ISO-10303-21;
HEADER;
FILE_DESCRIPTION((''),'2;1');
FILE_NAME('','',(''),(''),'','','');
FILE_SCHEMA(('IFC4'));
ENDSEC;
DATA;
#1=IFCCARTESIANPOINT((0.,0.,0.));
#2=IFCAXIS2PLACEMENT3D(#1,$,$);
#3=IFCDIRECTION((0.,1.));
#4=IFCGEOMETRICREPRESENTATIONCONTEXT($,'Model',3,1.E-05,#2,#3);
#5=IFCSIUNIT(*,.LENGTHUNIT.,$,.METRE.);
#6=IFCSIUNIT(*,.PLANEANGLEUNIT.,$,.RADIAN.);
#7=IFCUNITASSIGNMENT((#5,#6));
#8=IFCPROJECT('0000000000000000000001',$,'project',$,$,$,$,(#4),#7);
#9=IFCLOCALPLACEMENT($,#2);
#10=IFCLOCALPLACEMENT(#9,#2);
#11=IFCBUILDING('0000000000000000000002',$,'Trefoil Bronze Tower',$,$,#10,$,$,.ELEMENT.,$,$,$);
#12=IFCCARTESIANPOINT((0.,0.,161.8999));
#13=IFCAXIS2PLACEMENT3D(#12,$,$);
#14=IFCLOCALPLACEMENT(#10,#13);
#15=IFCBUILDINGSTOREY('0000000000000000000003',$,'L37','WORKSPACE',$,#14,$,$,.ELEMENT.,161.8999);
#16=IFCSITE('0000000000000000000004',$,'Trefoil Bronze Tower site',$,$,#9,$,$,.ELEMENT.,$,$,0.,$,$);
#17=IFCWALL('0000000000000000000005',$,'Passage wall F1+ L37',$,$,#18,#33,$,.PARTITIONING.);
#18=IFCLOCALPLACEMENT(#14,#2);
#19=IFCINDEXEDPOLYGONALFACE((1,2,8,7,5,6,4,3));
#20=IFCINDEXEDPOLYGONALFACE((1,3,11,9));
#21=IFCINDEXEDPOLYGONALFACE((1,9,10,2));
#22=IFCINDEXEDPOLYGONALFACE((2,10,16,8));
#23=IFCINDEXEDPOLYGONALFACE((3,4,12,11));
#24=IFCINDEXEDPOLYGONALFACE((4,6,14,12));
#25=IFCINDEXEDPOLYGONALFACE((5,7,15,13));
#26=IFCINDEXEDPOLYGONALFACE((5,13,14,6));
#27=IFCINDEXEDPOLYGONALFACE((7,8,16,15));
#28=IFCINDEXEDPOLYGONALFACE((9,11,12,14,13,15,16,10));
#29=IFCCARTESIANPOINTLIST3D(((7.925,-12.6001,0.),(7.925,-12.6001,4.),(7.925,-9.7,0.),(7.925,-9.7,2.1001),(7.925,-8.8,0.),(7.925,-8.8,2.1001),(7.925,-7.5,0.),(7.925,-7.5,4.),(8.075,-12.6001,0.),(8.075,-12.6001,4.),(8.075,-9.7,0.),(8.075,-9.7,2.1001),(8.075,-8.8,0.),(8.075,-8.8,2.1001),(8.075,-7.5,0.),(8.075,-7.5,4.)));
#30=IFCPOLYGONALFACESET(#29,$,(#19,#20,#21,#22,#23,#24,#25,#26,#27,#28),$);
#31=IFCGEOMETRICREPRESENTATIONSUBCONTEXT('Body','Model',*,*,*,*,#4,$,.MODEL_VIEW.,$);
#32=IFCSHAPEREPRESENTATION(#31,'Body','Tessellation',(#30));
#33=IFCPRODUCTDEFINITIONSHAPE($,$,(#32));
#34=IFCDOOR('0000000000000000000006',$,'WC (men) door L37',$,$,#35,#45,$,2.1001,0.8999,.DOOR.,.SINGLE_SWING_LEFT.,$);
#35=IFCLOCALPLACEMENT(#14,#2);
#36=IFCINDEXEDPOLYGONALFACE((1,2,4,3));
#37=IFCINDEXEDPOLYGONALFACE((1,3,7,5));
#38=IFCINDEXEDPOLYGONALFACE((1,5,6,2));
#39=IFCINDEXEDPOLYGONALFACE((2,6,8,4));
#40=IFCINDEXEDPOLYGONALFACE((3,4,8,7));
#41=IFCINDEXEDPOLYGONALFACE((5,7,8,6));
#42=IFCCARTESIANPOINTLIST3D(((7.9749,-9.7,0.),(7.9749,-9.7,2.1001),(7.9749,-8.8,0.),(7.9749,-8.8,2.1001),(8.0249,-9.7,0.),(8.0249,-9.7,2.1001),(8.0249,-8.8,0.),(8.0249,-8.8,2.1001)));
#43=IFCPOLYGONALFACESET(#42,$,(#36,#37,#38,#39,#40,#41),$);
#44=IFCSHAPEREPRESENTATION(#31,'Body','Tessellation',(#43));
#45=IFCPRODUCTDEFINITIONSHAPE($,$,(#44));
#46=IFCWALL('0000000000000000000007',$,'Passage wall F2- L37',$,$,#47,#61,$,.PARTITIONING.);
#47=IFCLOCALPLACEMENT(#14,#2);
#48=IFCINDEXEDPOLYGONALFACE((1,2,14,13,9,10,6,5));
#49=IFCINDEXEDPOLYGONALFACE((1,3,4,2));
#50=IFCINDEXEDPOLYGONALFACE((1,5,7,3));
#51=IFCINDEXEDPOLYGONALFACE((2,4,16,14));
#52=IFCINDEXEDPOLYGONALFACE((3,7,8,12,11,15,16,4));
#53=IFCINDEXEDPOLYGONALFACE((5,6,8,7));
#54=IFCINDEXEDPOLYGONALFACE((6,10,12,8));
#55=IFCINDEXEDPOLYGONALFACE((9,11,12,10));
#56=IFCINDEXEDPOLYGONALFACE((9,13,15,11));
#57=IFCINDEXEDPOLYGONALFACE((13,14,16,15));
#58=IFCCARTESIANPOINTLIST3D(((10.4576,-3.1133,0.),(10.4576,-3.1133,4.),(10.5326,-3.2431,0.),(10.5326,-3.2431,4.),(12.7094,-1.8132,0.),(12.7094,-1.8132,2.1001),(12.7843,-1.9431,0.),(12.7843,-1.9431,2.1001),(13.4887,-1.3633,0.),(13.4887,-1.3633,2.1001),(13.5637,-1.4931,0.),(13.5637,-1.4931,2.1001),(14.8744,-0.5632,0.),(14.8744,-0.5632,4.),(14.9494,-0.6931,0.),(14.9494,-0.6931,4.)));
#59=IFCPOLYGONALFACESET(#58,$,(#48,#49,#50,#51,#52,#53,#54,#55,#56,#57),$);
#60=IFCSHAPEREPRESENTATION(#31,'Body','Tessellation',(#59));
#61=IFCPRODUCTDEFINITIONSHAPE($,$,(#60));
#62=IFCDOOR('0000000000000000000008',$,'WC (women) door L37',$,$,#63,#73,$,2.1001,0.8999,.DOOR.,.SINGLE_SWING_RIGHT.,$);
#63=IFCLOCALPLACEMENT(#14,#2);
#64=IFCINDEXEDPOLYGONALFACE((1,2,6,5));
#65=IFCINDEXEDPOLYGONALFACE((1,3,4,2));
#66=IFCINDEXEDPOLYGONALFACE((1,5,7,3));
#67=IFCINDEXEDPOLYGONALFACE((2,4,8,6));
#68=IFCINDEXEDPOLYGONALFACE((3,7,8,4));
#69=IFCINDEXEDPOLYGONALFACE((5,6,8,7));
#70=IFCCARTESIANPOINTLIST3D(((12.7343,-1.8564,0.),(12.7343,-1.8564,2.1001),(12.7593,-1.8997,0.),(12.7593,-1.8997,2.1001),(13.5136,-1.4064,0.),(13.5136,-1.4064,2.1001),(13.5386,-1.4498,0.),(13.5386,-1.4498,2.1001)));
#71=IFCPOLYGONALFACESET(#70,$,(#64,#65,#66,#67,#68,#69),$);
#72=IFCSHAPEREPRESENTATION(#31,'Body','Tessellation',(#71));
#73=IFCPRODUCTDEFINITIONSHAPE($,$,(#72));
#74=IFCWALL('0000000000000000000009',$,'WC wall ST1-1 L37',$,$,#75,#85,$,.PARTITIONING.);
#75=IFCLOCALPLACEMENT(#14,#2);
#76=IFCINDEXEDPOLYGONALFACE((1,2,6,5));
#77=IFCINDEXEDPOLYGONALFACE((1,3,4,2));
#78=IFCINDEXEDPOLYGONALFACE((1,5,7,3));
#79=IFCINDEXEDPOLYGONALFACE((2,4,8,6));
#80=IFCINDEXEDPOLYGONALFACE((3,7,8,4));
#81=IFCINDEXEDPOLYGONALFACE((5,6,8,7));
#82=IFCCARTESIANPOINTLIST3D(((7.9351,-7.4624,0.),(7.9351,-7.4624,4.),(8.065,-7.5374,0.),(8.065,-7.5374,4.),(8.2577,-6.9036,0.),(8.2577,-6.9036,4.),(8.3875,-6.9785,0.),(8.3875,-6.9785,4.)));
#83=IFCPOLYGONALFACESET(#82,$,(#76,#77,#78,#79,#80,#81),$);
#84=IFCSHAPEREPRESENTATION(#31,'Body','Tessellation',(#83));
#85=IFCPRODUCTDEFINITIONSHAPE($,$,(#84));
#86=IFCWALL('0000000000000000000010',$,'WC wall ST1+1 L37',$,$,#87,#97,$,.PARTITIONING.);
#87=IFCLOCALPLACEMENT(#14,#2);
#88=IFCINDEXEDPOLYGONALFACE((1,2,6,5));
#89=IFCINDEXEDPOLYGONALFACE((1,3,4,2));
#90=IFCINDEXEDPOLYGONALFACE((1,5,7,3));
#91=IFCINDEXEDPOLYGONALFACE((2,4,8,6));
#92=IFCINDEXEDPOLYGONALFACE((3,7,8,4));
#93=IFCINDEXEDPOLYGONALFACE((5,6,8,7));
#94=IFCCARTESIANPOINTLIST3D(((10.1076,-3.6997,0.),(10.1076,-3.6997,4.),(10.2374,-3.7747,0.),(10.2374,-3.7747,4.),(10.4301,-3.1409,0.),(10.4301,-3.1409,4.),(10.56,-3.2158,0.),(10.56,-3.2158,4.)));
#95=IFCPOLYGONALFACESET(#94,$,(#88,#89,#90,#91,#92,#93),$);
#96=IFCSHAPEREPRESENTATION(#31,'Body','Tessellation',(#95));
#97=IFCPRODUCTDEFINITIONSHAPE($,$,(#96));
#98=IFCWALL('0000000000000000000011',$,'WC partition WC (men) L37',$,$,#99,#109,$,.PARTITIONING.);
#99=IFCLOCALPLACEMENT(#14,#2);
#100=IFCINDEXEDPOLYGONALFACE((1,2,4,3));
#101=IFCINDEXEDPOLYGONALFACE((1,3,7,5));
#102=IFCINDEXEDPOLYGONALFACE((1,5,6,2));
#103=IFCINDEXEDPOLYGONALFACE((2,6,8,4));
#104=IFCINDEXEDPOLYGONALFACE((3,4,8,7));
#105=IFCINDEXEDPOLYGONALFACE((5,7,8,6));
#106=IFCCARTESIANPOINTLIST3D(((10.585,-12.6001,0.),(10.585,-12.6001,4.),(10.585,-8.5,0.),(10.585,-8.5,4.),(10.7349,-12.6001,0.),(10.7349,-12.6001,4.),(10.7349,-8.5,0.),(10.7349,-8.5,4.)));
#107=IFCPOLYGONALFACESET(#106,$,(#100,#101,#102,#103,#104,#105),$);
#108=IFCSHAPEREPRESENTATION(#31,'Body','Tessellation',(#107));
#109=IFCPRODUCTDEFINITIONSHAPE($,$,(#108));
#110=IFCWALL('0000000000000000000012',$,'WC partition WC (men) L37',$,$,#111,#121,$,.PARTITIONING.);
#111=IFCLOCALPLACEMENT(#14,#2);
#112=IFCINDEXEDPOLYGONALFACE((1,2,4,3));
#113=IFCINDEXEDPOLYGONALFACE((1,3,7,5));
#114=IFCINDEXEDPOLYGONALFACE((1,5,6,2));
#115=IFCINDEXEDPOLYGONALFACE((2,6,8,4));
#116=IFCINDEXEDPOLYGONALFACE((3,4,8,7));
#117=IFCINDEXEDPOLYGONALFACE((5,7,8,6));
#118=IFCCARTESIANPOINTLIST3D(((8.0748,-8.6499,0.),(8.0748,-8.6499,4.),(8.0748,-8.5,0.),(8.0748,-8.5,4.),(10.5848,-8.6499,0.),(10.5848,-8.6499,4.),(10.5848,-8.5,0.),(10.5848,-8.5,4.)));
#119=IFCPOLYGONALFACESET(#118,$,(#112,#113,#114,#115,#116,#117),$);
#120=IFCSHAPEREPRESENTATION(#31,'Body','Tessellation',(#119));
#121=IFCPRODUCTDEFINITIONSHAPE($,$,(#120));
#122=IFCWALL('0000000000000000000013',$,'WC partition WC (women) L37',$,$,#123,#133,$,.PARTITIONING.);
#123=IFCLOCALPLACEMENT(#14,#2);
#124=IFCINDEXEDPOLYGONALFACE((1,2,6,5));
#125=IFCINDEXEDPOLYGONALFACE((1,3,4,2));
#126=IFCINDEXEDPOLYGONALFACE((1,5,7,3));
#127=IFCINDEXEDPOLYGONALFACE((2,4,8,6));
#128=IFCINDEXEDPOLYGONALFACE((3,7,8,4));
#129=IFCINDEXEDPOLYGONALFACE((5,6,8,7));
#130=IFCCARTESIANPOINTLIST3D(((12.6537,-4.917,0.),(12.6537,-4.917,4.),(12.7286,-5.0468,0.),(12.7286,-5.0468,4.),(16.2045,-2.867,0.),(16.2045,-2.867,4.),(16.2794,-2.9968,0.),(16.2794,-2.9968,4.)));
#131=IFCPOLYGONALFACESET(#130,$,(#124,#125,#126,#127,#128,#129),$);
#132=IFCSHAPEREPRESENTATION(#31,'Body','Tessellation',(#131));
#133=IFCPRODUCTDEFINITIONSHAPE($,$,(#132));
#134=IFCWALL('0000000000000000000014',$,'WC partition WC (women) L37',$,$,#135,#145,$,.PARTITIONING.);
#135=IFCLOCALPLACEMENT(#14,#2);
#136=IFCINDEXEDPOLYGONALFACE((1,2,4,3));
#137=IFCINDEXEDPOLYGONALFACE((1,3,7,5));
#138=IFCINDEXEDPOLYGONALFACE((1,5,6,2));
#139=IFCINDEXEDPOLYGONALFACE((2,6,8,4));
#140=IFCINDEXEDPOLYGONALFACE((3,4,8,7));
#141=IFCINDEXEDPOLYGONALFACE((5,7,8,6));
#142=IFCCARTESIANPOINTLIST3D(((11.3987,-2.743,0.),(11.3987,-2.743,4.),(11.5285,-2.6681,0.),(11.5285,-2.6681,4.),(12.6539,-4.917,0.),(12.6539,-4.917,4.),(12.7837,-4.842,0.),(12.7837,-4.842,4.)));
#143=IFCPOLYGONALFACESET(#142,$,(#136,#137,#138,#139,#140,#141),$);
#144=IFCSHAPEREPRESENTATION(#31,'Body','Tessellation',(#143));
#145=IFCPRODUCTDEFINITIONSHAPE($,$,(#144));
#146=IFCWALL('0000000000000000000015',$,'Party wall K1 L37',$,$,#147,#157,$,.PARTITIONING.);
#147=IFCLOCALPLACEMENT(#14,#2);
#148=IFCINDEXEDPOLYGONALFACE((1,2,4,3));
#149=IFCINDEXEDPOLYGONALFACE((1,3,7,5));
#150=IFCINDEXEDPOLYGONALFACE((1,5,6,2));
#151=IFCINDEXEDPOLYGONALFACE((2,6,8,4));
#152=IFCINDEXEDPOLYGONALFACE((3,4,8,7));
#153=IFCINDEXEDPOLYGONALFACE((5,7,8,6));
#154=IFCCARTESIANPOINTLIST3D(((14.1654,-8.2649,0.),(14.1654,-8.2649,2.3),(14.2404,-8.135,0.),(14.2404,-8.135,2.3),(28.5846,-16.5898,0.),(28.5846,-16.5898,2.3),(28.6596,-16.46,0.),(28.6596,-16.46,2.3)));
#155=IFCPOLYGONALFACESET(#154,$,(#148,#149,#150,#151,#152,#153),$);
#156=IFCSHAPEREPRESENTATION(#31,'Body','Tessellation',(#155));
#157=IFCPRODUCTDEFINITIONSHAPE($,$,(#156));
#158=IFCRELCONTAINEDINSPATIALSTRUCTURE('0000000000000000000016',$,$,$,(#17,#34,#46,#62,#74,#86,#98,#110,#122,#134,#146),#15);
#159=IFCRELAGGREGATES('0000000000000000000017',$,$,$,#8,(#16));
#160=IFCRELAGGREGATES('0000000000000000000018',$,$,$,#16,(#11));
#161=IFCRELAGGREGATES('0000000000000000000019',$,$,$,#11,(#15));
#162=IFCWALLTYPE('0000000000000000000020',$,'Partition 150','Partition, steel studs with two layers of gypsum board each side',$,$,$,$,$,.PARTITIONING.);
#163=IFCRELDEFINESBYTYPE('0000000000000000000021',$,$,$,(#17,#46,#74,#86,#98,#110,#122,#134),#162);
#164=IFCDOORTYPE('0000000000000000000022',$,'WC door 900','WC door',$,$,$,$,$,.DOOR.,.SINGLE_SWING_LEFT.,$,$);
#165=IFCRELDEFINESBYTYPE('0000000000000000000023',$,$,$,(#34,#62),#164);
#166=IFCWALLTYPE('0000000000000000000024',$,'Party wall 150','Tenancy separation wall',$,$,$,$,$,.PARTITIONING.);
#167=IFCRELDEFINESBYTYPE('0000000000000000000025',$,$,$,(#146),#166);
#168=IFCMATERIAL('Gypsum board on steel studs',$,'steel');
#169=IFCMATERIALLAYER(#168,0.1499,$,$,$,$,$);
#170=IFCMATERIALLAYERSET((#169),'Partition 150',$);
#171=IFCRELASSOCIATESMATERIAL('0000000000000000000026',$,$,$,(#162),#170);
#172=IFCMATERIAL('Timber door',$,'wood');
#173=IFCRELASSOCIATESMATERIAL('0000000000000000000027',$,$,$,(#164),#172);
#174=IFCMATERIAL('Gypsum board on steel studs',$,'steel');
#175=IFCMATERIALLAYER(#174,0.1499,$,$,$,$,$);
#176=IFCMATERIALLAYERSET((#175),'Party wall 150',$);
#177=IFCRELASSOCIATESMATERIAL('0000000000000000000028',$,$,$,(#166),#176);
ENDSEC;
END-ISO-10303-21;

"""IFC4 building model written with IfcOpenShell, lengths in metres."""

from ifc_helpers import new_model, si_unit, direction, frame, frame_2d, origin, place, context, subcontext, project, spatial, rectangle, extrude, material, layer, layer_set, type_object, element, fill, save


model = new_model("IFC4")

# Units and contexts
model_context = context("Model", 3, precision=1e-05, world=origin(), true_north=direction((0.0, 1.0)))
body_context = subcontext(model_context, "Body", "Model", "MODEL_VIEW")
ifc_project = project(units=[si_unit("LENGTHUNIT", "METRE"), si_unit("PLANEANGLEUNIT", "RADIAN")], contexts=[model_context])

# Site, building, storey
site_placement = place(None, origin())
site = spatial("IfcSite", under=ifc_project, at=site_placement, Name="Trefoil Bronze Tower site", CompositionType="ELEMENT", RefElevation=0.0)
building_placement = place(site_placement, origin())
building = spatial("IfcBuilding", under=site, at=building_placement, Name="Trefoil Bronze Tower", CompositionType="ELEMENT")
storey_placement = place(building_placement, frame((0.0, 0.0, 161.8999)))
storey = spatial("IfcBuildingStorey", under=building, at=storey_placement, Name="L37", Description="WORKSPACE", CompositionType="ELEMENT", Elevation=161.8999)

# Walls, openings, doors
ifc_material_1 = material(Name="Gypsum board on steel studs", Category="steel")
ifc_layer_1 = layer(ifc_material_1, 0.1499)
ifc_layer_set_1 = layer_set([ifc_layer_1], Name="Partition 150")
wall_type_1 = type_object("IfcWallType", Name="Partition 150", Description="Partition, steel studs with two layers of gypsum board each side", PredefinedType="PARTITIONING", material=ifc_layer_set_1)
wall_1_placement = place(storey_placement, frame((8.0, -7.5, 0.0), z_axis=(0.0, 0.0, 1.0), x_axis=(0.0, -1.0, 0.0)))
wall_1 = element("IfcWall", 1, at=wall_1_placement, inside=storey, type_object=wall_type_1, Name="Passage wall F1+ L37", PredefinedType="PARTITIONING", context=body_context, shape_type="SweptSolid", body=[
    extrude(rectangle(XDim=5.1001, YDim=0.1499, at=frame_2d((2.55, 0.0))), origin(), (0.0, 0.0, 1.0), 4.0),
])
opening_1_placement = place(wall_1_placement, frame((1.3, 0.0, 0.0)))
opening_1 = element("IfcOpeningElement", 2, at=opening_1_placement, cuts=wall_1, PredefinedType="OPENING", context=body_context, shape_type="SweptSolid", body=[
    extrude(rectangle(XDim=0.8999, YDim=2.1001, at=frame_2d((0.45, 1.05))), frame((0.0, 0.085, 0.0), z_axis=(0.0, -1.0, 0.0), x_axis=(1.0, 0.0, 0.0)), (0.0, 0.0, 1.0), 0.1699),
])
ifc_material_2 = material(Name="Timber door", Category="wood")
door_type_1 = type_object("IfcDoorType", Name="WC door 900", Description="WC door", OperationType="SINGLE_SWING_LEFT", PredefinedType="DOOR", material=ifc_material_2)
door_1_placement = place(opening_1_placement, origin())
door_1 = element("IfcDoor", 3, at=door_1_placement, inside=storey, type_object=door_type_1, Name="WC (men) door L37", OperationType="SINGLE_SWING_LEFT", OverallHeight=2.1001, OverallWidth=0.8999, PredefinedType="DOOR", context=body_context, shape_type="SweptSolid", body=[
    extrude(rectangle(XDim=0.8999, YDim=2.1001, at=frame_2d((0.45, 1.05))), frame((0.0, 0.0249, 0.0), z_axis=(0.0, -1.0, 0.0), x_axis=(1.0, 0.0, 0.0)), (0.0, 0.0, 1.0), 0.05),
])
fill(opening_1, door_1)
wall_2_placement = place(storey_placement, frame((10.4951, -3.1782, 0.0), z_axis=(0.0, 0.0, 1.0), x_axis=(0.866022, 0.500006, 0.0)))
wall_2 = element("IfcWall", 4, at=wall_2_placement, inside=storey, type_object=wall_type_1, Name="Passage wall F2- L37", PredefinedType="PARTITIONING", context=body_context, shape_type="SweptSolid", body=[
    extrude(rectangle(XDim=5.1001, YDim=0.1499, at=frame_2d((2.55, 0.0))), origin(), (0.0, 0.0, 1.0), 4.0),
])
opening_2_placement = place(wall_2_placement, frame((2.6001, 0.0, 0.0)))
opening_2 = element("IfcOpeningElement", 5, at=opening_2_placement, cuts=wall_2, PredefinedType="OPENING", context=body_context, shape_type="SweptSolid", body=[
    extrude(rectangle(XDim=0.8999, YDim=2.1001, at=frame_2d((0.45, 1.05))), frame((0.0, 0.085, 0.0), z_axis=(0.0, -1.0, 0.0), x_axis=(1.0, 0.0, 0.0)), (0.0, 0.0, 1.0), 0.1699),
])
door_2_placement = place(opening_2_placement, frame((0.8999, 0.0, 0.0), z_axis=(0.0, 0.0, 1.0), x_axis=(-1.0, 0.0, 0.0)))
door_2 = element("IfcDoor", 6, at=door_2_placement, inside=storey, type_object=door_type_1, Name="WC (women) door L37", OperationType="SINGLE_SWING_RIGHT", OverallHeight=2.1001, OverallWidth=0.8999, PredefinedType="DOOR", context=body_context, shape_type="SweptSolid", body=[
    extrude(rectangle(XDim=0.8999, YDim=2.1001, at=frame_2d((0.45, 1.05))), frame((0.0, 0.0249, 0.0), z_axis=(0.0, -1.0, 0.0), x_axis=(1.0, 0.0, 0.0)), (0.0, 0.0, 1.0), 0.05),
])
fill(opening_2, door_2)

# Walls
for number, where, z_axis, x_axis, name in (
    (7, (8.0, -7.5, 0.0), (0.0, 0.0, 1.0), (0.499843, 0.866116, 0.0), "WC wall ST1-1 L37"),
    (8, (10.4951, -3.1782, 0.0), (0.0, 0.0, 1.0), (-0.499843, -0.866116, 0.0), "WC wall ST1+1 L37"),
):
    element("IfcWall", number, at=place(storey_placement, frame(where, z_axis=z_axis, x_axis=x_axis)), inside=storey, type_object=wall_type_1, Name=name, PredefinedType="PARTITIONING", context=body_context, shape_type="SweptSolid", body=[
        extrude(rectangle(XDim=0.6453, YDim=0.1499, at=frame_2d((0.3228, 0.0))), origin(), (0.0, 0.0, 1.0), 4.0),
    ])
wall_3_placement = place(storey_placement, frame((10.6599, -8.5, 0.0), z_axis=(0.0, 0.0, 1.0), x_axis=(0.0, -1.0, 0.0)))
element("IfcWall", 9, at=wall_3_placement, inside=storey, type_object=wall_type_1, Name="WC partition WC (men) L37", PredefinedType="PARTITIONING", context=body_context, shape_type="SweptSolid", body=[
    extrude(rectangle(XDim=4.1001, YDim=0.1499, at=frame_2d((2.05, 0.0))), origin(), (0.0, 0.0, 1.0), 4.0),
])
wall_4_placement = place(storey_placement, frame((8.075, -8.575, 0.0), z_axis=(0.0, 0.0, 1.0), x_axis=(1.0, 0.0, 0.0)))
element("IfcWall", 10, at=wall_4_placement, inside=storey, type_object=wall_type_1, Name="WC partition WC (men) L37", PredefinedType="PARTITIONING", context=body_context, shape_type="SweptSolid", body=[
    extrude(rectangle(XDim=2.51, YDim=0.1499, at=frame_2d((1.2549, 0.0))), origin(), (0.0, 0.0, 1.0), 4.0),
])
wall_5_placement = place(storey_placement, frame((12.6912, -4.9819, 0.0), z_axis=(0.0, 0.0, 1.0), x_axis=(0.866025, 0.500001, 0.0)))
element("IfcWall", 11, at=wall_5_placement, inside=storey, type_object=wall_type_1, Name="WC partition WC (women) L37", PredefinedType="PARTITIONING", context=body_context, shape_type="SweptSolid", body=[
    extrude(rectangle(XDim=4.1001, YDim=0.1499, at=frame_2d((2.05, 0.0))), origin(), (0.0, 0.0, 1.0), 4.0),
])
wall_6_placement = place(storey_placement, frame((11.4636, -2.7056, 0.0), z_axis=(0.0, 0.0, 1.0), x_axis=(0.50002, -0.866014, 0.0)))
element("IfcWall", 12, at=wall_6_placement, inside=storey, type_object=wall_type_1, Name="WC partition WC (women) L37", PredefinedType="PARTITIONING", context=body_context, shape_type="SweptSolid", body=[
    extrude(rectangle(XDim=2.5103, YDim=0.1499, at=frame_2d((1.2551, 0.0))), origin(), (0.0, 0.0, 1.0), 4.0),
])
ifc_material_3 = material(Name="Gypsum board on steel studs", Category="steel")
ifc_layer_2 = layer(ifc_material_3, 0.1499)
ifc_layer_set_2 = layer_set([ifc_layer_2], Name="Party wall 150")
wall_type_2 = type_object("IfcWallType", Name="Party wall 150", Description="Tenancy separation wall", PredefinedType="PARTITIONING", material=ifc_layer_set_2)
wall_7_placement = place(storey_placement, frame((14.2029, -8.2, 0.0), z_axis=(0.0, 0.0, 1.0), x_axis=(0.866025, -0.500001, 0.0)))
element("IfcWall", 13, at=wall_7_placement, inside=storey, type_object=wall_type_2, Name="Party wall K1 L37", PredefinedType="PARTITIONING", context=body_context, shape_type="SweptSolid", body=[
    extrude(rectangle(XDim=16.6499, YDim=0.1499, at=frame_2d((8.325, 0.0))), origin(), (0.0, 0.0, 1.0), 2.3),
])

save(model, "model.ifc")
